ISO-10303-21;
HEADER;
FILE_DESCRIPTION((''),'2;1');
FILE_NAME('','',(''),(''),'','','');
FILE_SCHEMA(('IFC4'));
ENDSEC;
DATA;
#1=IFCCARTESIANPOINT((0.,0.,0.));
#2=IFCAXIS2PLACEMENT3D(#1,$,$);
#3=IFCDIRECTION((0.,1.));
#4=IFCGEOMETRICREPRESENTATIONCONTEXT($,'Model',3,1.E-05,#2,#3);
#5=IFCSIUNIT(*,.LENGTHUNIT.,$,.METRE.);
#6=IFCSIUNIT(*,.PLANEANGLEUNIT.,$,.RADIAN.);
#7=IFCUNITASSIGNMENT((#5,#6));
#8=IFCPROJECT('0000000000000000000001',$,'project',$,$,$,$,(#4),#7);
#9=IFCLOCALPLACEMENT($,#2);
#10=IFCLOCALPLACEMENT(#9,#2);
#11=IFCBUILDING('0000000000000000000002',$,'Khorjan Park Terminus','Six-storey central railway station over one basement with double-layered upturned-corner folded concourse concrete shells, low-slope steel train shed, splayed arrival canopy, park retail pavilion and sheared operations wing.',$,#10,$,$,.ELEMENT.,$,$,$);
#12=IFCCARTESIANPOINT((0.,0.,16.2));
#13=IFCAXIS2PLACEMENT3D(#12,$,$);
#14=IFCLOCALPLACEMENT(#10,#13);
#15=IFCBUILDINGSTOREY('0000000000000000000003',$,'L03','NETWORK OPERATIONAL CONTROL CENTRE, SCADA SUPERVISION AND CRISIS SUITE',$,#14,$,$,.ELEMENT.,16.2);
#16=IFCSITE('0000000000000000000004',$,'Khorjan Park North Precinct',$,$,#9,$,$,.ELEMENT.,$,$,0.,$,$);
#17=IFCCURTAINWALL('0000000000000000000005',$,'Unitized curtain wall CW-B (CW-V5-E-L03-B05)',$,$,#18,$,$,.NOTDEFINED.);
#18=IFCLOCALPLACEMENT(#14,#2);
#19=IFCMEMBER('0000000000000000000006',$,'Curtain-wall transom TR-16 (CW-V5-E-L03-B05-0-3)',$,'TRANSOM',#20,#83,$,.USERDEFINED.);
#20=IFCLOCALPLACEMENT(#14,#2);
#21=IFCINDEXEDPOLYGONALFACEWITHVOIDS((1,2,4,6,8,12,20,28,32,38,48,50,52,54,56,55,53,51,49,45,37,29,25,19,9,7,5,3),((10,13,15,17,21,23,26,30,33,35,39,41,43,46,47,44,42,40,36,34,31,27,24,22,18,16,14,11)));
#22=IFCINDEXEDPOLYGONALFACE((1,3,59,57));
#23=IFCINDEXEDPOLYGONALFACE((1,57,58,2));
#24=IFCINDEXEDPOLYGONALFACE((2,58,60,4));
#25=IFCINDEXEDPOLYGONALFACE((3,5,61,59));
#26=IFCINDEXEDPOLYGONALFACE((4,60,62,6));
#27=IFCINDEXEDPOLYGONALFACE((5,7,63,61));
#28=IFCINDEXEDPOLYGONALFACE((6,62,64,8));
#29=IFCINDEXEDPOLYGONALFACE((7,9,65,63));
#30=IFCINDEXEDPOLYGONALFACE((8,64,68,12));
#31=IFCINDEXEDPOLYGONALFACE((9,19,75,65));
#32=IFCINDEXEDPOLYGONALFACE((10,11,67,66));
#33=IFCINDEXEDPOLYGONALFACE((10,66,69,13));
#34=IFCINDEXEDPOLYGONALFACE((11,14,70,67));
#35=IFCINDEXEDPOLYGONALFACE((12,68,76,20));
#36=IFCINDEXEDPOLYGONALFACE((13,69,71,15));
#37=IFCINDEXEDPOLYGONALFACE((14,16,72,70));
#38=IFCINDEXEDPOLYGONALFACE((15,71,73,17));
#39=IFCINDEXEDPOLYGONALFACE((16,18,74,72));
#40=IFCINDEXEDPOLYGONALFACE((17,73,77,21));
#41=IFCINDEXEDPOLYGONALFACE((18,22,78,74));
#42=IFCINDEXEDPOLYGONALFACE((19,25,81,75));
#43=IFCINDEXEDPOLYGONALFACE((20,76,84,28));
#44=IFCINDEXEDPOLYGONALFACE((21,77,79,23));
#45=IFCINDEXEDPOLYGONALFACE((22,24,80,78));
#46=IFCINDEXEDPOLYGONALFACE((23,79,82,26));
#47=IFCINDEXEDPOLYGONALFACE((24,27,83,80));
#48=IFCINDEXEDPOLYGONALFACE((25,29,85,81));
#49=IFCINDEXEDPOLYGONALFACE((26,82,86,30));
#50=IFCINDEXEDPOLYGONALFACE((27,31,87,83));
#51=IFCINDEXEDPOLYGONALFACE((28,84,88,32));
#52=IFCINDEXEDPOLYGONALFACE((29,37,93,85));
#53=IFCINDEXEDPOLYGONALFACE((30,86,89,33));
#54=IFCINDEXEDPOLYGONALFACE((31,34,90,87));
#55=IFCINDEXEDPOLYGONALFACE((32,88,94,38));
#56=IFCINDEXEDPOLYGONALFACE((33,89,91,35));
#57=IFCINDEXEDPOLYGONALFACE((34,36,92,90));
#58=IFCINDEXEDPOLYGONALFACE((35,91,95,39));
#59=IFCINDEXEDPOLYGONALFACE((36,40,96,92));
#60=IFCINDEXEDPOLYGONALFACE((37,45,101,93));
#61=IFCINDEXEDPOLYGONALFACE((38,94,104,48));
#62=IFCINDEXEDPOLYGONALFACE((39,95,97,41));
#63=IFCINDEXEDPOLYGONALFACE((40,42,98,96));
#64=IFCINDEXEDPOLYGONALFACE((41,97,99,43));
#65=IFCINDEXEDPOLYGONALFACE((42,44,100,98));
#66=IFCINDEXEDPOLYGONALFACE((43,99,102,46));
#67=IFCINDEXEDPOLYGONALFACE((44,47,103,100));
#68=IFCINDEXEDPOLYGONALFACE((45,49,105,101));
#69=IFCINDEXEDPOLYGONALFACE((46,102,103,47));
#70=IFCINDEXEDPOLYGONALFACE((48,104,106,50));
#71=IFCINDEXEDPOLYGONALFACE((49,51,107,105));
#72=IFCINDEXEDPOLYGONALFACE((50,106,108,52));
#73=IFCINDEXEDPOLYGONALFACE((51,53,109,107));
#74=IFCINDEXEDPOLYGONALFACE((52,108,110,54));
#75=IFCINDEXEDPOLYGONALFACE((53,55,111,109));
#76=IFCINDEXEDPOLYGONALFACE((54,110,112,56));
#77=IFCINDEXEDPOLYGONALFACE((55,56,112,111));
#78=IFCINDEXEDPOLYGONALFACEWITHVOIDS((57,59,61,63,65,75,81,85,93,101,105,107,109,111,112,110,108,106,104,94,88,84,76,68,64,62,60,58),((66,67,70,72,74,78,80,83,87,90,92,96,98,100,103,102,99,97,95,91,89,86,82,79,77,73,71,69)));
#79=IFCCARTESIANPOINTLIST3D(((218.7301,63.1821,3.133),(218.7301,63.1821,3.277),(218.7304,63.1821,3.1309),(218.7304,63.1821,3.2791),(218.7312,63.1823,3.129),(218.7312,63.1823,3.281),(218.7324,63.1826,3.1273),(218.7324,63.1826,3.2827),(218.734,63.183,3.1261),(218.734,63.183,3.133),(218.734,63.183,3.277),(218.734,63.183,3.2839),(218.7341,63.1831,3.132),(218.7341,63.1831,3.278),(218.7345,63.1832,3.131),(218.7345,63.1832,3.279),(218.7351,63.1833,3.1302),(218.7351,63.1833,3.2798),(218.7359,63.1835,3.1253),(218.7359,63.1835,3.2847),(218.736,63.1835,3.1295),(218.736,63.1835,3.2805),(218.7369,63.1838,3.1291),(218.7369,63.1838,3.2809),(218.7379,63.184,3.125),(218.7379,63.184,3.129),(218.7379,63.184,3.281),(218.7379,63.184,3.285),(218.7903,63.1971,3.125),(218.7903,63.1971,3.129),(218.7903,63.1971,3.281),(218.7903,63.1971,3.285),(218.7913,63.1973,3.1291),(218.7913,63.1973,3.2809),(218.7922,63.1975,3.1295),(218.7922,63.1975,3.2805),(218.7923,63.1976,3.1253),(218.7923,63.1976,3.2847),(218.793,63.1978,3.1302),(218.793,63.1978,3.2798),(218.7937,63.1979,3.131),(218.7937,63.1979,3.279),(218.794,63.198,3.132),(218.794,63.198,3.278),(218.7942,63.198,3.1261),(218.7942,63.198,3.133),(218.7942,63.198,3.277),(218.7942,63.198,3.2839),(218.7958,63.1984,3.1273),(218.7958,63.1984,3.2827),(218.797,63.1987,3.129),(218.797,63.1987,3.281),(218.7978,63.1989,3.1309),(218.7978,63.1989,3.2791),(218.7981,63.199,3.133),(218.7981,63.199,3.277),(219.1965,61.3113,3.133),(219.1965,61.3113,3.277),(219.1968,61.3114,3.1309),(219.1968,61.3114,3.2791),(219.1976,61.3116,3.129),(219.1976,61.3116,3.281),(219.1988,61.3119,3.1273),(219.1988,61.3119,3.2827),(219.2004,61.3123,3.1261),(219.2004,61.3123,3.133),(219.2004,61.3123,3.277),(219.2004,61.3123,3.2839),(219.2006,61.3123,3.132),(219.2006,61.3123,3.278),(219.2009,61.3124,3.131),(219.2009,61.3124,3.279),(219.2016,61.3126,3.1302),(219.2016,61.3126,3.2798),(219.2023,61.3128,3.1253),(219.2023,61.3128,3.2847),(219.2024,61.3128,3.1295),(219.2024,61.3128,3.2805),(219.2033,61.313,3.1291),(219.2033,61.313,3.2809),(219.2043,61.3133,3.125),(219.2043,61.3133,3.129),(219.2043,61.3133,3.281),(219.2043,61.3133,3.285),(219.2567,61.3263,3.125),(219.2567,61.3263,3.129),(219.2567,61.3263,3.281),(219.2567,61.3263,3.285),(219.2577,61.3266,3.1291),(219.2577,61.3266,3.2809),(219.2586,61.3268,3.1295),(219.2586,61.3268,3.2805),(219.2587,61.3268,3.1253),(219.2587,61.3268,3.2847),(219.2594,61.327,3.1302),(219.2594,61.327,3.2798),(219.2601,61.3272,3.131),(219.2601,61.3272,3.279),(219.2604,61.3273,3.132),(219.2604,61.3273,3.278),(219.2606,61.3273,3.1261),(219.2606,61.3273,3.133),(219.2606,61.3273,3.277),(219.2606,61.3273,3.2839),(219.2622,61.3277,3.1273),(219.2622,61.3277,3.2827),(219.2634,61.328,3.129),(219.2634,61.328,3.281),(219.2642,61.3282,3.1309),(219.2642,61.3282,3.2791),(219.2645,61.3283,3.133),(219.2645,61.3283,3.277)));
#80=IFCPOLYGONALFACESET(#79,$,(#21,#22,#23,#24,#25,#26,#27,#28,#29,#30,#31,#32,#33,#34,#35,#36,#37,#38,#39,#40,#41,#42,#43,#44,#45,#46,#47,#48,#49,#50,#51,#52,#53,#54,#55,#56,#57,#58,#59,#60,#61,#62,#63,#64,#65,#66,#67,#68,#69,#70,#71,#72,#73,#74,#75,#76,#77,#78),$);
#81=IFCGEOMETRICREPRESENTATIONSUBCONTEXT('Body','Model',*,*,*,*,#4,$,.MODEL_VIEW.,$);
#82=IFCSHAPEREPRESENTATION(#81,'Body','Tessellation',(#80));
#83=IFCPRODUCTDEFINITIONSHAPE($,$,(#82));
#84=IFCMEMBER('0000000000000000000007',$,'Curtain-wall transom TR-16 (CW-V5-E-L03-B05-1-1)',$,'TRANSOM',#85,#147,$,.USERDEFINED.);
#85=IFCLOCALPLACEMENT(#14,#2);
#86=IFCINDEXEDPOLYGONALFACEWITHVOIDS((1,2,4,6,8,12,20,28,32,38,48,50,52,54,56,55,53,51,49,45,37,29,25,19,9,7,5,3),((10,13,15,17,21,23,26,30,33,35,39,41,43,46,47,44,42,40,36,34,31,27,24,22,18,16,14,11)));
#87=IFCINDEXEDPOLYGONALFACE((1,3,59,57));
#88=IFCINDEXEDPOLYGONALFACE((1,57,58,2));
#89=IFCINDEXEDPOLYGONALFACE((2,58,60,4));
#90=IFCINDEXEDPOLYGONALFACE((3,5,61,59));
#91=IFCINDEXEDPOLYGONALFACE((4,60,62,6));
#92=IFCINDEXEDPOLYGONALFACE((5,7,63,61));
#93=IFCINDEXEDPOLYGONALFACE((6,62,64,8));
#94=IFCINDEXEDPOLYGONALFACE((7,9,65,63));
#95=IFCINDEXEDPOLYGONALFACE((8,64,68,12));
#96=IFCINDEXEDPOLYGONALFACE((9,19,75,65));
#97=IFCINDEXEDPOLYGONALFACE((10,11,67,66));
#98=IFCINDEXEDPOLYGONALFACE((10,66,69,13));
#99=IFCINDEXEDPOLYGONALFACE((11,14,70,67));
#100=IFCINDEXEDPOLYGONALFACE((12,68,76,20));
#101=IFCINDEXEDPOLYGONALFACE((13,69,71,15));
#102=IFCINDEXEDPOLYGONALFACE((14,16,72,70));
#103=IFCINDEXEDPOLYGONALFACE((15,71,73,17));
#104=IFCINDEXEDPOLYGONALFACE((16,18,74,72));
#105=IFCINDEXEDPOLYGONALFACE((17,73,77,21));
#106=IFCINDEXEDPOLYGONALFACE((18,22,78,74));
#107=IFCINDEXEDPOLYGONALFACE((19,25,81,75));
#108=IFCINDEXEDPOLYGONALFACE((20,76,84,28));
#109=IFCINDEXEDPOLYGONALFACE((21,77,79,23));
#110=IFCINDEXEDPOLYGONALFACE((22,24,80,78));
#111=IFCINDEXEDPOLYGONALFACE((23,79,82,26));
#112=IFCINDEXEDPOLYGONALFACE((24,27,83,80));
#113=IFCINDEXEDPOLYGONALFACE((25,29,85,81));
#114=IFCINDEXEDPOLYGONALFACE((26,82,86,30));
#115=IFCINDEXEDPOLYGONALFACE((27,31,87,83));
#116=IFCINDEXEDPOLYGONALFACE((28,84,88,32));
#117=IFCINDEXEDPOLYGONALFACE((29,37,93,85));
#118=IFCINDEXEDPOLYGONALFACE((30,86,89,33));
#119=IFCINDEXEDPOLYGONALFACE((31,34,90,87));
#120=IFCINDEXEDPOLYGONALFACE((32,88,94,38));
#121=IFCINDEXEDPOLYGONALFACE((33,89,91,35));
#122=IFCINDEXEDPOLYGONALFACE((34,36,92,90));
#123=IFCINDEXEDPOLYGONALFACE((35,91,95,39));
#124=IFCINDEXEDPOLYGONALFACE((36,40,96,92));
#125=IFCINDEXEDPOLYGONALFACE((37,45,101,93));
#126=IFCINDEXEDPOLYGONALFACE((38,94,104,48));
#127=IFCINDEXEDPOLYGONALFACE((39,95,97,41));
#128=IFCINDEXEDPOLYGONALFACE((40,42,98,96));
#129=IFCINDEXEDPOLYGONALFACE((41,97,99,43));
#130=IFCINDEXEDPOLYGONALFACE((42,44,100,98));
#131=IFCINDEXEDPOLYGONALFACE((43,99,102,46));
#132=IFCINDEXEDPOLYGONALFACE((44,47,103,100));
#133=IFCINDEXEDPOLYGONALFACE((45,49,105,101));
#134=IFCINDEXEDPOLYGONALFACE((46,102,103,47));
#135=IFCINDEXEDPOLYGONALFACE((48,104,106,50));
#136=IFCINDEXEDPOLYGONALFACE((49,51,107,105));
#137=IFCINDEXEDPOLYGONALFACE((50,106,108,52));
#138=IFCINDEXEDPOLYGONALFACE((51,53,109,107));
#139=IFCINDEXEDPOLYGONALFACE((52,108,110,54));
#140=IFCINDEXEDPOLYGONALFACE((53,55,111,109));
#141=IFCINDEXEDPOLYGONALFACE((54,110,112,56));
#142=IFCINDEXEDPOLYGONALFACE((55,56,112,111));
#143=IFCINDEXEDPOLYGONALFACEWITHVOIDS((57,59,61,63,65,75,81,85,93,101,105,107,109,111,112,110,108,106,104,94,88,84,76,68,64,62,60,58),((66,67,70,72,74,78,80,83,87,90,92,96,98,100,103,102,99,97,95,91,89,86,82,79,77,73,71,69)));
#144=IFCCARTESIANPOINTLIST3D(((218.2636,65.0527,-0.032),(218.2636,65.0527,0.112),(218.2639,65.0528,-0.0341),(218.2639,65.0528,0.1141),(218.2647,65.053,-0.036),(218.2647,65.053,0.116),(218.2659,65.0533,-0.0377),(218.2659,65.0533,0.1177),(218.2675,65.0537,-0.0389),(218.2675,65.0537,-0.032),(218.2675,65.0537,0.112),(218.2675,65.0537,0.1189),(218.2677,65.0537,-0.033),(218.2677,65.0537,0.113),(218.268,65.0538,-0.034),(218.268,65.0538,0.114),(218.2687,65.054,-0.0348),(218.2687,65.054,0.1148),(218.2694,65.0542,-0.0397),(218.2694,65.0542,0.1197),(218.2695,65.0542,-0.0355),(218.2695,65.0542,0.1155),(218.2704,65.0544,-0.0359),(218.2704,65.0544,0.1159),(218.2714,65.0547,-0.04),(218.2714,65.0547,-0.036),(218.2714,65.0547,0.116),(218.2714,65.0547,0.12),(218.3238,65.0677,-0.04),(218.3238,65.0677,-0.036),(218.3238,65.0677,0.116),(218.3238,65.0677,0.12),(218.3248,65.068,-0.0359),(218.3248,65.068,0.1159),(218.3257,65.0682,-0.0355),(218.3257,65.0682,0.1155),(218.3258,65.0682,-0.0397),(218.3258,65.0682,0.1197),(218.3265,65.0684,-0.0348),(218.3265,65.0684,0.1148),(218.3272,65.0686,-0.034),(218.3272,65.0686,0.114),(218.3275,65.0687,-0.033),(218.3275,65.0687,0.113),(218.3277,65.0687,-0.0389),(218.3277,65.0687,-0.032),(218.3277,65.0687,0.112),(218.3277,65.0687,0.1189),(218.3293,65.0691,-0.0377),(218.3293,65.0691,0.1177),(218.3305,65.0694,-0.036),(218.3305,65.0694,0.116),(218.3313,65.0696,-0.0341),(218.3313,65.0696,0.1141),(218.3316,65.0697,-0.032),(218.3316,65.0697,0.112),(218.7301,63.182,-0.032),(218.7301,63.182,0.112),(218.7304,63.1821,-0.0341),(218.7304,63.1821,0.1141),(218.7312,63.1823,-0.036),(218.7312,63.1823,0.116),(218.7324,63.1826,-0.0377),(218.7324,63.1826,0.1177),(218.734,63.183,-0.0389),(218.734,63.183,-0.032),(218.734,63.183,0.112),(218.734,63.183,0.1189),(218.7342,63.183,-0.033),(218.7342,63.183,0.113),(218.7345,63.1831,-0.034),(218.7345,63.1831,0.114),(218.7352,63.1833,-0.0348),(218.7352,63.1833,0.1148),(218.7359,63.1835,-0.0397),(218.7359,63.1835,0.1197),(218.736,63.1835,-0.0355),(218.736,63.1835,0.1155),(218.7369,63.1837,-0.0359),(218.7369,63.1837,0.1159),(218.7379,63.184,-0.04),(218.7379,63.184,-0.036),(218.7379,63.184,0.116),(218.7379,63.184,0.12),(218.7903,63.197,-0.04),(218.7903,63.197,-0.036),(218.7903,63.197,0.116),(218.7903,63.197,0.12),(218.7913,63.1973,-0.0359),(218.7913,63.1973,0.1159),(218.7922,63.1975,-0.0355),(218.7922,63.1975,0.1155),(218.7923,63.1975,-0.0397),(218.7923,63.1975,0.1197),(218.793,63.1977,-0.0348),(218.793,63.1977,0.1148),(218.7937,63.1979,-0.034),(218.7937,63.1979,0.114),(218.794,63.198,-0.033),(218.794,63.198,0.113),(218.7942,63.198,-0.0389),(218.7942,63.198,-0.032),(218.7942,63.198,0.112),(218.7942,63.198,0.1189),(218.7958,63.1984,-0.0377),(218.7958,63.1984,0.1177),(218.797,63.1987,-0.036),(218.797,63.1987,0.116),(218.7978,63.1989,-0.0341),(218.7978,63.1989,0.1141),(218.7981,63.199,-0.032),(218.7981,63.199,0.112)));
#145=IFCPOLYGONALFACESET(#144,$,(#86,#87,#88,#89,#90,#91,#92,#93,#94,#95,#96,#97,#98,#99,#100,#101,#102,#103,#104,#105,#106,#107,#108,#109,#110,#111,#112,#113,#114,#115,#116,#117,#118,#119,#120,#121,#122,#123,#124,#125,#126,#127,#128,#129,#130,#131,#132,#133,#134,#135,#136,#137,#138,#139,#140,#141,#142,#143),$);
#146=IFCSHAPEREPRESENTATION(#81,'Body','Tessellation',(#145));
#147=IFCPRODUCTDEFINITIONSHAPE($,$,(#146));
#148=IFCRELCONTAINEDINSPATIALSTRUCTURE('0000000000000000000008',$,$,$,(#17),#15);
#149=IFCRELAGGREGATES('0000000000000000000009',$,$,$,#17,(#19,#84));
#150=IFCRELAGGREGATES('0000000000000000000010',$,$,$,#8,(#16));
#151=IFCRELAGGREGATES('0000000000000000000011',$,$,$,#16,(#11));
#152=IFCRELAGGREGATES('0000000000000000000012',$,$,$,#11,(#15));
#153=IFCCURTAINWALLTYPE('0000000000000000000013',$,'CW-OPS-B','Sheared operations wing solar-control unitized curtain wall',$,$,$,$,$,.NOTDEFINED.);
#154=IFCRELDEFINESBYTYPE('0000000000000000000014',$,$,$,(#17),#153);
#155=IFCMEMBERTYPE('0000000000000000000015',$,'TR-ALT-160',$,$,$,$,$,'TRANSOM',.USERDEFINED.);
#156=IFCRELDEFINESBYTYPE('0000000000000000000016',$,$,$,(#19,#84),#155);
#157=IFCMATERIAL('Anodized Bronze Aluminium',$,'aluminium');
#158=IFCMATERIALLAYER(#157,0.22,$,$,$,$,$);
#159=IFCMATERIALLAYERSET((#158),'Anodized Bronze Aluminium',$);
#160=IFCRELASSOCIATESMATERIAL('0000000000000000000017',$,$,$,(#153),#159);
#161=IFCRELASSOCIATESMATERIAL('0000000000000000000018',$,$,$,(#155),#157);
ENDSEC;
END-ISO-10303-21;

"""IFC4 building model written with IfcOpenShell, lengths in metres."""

from ifc_helpers import new_model, si_unit, direction, frame, origin, origin_2d, place, context, subcontext, project, spatial, hollow_rectangle, extrude, material, layer, layer_set, material_profile, profile_set, type_object, element, aggregate, save


model = new_model("IFC4")

# Units and contexts
model_context = context("Model", 3, precision=1e-05, world=origin(), true_north=direction((0.0, 1.0)))
body_context = subcontext(model_context, "Body", "Model", "MODEL_VIEW")
ifc_project = project(units=[si_unit("LENGTHUNIT", "METRE"), si_unit("PLANEANGLEUNIT", "RADIAN")], contexts=[model_context])

# Site, building, storey
site_placement = place(None, origin())
site = spatial("IfcSite", under=ifc_project, at=site_placement, Name="Khorjan Park North Precinct", CompositionType="ELEMENT", RefElevation=0.0)
building_placement = place(site_placement, origin())
building = spatial("IfcBuilding", under=site, at=building_placement, Name="Khorjan Park Terminus", Description="Six-storey central railway station over one basement with double-layered upturned-corner folded concourse concrete shells, low-slope steel train shed, splayed arrival canopy, park retail pavilion and sheared operations wing.", CompositionType="ELEMENT")
storey_placement = place(building_placement, frame((0.0, 0.0, 16.2)))
storey = spatial("IfcBuildingStorey", under=building, at=storey_placement, Name="L03", Description="NETWORK OPERATIONAL CONTROL CENTRE, SCADA SUPERVISION AND CRISIS SUITE", CompositionType="ELEMENT", Elevation=16.2)

# Curtain wall, members
ifc_material_1 = material(Name="Anodized Bronze Aluminium", Category="aluminium")
ifc_layer_1 = layer(ifc_material_1, 0.22)
ifc_layer_set_1 = layer_set([ifc_layer_1], Name="Anodized Bronze Aluminium")
curtain_wall_type = type_object("IfcCurtainWallType", Name="CW-OPS-B", Description="Sheared operations wing solar-control unitized curtain wall", PredefinedType="NOTDEFINED", material=ifc_layer_set_1)
curtain_wall_placement = place(storey_placement, origin())
curtain_wall = element("IfcCurtainWall", 1, at=curtain_wall_placement, inside=storey, type_object=curtain_wall_type, Name="Unitized curtain wall CW-B (CW-V5-E-L03-B05)", PredefinedType="NOTDEFINED")
ifc_material_profile_1 = material_profile(ifc_material_1, hollow_rectangle(XDim=0.07, YDim=0.16, WallThickness=0.004, InnerFilletRadius=0.004, OuterFilletRadius=0.008, at=origin_2d()), Name="ALT 70x160x4")
ifc_profile_set_1 = profile_set([ifc_material_profile_1], Name="Anodized Bronze Aluminium")
member_type_1 = type_object("IfcMemberType", Name="TR-ALT-160", ElementType="TRANSOM", PredefinedType="USERDEFINED", material=ifc_profile_set_1)
member_1_placement = place(storey_placement, frame((219.2305, 61.3198, 3.205), z_axis=(-0.241913, 0.970298, 0.0), x_axis=(-0.970298, -0.241913, 0.0)))
member_1 = element("IfcMember", 2, at=member_1_placement, type_object=member_type_1, Name="Curtain-wall transom TR-16 (CW-V5-E-L03-B05-0-3)", ObjectType="TRANSOM", PredefinedType="USERDEFINED", context=body_context, shape_type="SweptSolid", body=[
    extrude(hollow_rectangle(XDim=0.07, YDim=0.16, WallThickness=0.004, InnerFilletRadius=0.004, OuterFilletRadius=0.008, at=origin_2d()), origin(), (0.0, 0.0, 1.0), 1.928),
])
member_2_placement = place(storey_placement, frame((218.7641, 63.1905, 0.04), z_axis=(-0.241962, 0.970286, 0.0), x_axis=(-0.970286, -0.241962, 0.0)))
member_2 = element("IfcMember", 3, at=member_2_placement, type_object=member_type_1, Name="Curtain-wall transom TR-16 (CW-V5-E-L03-B05-1-1)", ObjectType="TRANSOM", PredefinedType="USERDEFINED", context=body_context, shape_type="SweptSolid", body=[
    extrude(hollow_rectangle(XDim=0.07, YDim=0.16, WallThickness=0.004, InnerFilletRadius=0.004, OuterFilletRadius=0.008, at=origin_2d()), origin(), (0.0, 0.0, 1.0), 1.928),
])
aggregate(curtain_wall, [member_1, member_2])

save(model, "model.ifc")
